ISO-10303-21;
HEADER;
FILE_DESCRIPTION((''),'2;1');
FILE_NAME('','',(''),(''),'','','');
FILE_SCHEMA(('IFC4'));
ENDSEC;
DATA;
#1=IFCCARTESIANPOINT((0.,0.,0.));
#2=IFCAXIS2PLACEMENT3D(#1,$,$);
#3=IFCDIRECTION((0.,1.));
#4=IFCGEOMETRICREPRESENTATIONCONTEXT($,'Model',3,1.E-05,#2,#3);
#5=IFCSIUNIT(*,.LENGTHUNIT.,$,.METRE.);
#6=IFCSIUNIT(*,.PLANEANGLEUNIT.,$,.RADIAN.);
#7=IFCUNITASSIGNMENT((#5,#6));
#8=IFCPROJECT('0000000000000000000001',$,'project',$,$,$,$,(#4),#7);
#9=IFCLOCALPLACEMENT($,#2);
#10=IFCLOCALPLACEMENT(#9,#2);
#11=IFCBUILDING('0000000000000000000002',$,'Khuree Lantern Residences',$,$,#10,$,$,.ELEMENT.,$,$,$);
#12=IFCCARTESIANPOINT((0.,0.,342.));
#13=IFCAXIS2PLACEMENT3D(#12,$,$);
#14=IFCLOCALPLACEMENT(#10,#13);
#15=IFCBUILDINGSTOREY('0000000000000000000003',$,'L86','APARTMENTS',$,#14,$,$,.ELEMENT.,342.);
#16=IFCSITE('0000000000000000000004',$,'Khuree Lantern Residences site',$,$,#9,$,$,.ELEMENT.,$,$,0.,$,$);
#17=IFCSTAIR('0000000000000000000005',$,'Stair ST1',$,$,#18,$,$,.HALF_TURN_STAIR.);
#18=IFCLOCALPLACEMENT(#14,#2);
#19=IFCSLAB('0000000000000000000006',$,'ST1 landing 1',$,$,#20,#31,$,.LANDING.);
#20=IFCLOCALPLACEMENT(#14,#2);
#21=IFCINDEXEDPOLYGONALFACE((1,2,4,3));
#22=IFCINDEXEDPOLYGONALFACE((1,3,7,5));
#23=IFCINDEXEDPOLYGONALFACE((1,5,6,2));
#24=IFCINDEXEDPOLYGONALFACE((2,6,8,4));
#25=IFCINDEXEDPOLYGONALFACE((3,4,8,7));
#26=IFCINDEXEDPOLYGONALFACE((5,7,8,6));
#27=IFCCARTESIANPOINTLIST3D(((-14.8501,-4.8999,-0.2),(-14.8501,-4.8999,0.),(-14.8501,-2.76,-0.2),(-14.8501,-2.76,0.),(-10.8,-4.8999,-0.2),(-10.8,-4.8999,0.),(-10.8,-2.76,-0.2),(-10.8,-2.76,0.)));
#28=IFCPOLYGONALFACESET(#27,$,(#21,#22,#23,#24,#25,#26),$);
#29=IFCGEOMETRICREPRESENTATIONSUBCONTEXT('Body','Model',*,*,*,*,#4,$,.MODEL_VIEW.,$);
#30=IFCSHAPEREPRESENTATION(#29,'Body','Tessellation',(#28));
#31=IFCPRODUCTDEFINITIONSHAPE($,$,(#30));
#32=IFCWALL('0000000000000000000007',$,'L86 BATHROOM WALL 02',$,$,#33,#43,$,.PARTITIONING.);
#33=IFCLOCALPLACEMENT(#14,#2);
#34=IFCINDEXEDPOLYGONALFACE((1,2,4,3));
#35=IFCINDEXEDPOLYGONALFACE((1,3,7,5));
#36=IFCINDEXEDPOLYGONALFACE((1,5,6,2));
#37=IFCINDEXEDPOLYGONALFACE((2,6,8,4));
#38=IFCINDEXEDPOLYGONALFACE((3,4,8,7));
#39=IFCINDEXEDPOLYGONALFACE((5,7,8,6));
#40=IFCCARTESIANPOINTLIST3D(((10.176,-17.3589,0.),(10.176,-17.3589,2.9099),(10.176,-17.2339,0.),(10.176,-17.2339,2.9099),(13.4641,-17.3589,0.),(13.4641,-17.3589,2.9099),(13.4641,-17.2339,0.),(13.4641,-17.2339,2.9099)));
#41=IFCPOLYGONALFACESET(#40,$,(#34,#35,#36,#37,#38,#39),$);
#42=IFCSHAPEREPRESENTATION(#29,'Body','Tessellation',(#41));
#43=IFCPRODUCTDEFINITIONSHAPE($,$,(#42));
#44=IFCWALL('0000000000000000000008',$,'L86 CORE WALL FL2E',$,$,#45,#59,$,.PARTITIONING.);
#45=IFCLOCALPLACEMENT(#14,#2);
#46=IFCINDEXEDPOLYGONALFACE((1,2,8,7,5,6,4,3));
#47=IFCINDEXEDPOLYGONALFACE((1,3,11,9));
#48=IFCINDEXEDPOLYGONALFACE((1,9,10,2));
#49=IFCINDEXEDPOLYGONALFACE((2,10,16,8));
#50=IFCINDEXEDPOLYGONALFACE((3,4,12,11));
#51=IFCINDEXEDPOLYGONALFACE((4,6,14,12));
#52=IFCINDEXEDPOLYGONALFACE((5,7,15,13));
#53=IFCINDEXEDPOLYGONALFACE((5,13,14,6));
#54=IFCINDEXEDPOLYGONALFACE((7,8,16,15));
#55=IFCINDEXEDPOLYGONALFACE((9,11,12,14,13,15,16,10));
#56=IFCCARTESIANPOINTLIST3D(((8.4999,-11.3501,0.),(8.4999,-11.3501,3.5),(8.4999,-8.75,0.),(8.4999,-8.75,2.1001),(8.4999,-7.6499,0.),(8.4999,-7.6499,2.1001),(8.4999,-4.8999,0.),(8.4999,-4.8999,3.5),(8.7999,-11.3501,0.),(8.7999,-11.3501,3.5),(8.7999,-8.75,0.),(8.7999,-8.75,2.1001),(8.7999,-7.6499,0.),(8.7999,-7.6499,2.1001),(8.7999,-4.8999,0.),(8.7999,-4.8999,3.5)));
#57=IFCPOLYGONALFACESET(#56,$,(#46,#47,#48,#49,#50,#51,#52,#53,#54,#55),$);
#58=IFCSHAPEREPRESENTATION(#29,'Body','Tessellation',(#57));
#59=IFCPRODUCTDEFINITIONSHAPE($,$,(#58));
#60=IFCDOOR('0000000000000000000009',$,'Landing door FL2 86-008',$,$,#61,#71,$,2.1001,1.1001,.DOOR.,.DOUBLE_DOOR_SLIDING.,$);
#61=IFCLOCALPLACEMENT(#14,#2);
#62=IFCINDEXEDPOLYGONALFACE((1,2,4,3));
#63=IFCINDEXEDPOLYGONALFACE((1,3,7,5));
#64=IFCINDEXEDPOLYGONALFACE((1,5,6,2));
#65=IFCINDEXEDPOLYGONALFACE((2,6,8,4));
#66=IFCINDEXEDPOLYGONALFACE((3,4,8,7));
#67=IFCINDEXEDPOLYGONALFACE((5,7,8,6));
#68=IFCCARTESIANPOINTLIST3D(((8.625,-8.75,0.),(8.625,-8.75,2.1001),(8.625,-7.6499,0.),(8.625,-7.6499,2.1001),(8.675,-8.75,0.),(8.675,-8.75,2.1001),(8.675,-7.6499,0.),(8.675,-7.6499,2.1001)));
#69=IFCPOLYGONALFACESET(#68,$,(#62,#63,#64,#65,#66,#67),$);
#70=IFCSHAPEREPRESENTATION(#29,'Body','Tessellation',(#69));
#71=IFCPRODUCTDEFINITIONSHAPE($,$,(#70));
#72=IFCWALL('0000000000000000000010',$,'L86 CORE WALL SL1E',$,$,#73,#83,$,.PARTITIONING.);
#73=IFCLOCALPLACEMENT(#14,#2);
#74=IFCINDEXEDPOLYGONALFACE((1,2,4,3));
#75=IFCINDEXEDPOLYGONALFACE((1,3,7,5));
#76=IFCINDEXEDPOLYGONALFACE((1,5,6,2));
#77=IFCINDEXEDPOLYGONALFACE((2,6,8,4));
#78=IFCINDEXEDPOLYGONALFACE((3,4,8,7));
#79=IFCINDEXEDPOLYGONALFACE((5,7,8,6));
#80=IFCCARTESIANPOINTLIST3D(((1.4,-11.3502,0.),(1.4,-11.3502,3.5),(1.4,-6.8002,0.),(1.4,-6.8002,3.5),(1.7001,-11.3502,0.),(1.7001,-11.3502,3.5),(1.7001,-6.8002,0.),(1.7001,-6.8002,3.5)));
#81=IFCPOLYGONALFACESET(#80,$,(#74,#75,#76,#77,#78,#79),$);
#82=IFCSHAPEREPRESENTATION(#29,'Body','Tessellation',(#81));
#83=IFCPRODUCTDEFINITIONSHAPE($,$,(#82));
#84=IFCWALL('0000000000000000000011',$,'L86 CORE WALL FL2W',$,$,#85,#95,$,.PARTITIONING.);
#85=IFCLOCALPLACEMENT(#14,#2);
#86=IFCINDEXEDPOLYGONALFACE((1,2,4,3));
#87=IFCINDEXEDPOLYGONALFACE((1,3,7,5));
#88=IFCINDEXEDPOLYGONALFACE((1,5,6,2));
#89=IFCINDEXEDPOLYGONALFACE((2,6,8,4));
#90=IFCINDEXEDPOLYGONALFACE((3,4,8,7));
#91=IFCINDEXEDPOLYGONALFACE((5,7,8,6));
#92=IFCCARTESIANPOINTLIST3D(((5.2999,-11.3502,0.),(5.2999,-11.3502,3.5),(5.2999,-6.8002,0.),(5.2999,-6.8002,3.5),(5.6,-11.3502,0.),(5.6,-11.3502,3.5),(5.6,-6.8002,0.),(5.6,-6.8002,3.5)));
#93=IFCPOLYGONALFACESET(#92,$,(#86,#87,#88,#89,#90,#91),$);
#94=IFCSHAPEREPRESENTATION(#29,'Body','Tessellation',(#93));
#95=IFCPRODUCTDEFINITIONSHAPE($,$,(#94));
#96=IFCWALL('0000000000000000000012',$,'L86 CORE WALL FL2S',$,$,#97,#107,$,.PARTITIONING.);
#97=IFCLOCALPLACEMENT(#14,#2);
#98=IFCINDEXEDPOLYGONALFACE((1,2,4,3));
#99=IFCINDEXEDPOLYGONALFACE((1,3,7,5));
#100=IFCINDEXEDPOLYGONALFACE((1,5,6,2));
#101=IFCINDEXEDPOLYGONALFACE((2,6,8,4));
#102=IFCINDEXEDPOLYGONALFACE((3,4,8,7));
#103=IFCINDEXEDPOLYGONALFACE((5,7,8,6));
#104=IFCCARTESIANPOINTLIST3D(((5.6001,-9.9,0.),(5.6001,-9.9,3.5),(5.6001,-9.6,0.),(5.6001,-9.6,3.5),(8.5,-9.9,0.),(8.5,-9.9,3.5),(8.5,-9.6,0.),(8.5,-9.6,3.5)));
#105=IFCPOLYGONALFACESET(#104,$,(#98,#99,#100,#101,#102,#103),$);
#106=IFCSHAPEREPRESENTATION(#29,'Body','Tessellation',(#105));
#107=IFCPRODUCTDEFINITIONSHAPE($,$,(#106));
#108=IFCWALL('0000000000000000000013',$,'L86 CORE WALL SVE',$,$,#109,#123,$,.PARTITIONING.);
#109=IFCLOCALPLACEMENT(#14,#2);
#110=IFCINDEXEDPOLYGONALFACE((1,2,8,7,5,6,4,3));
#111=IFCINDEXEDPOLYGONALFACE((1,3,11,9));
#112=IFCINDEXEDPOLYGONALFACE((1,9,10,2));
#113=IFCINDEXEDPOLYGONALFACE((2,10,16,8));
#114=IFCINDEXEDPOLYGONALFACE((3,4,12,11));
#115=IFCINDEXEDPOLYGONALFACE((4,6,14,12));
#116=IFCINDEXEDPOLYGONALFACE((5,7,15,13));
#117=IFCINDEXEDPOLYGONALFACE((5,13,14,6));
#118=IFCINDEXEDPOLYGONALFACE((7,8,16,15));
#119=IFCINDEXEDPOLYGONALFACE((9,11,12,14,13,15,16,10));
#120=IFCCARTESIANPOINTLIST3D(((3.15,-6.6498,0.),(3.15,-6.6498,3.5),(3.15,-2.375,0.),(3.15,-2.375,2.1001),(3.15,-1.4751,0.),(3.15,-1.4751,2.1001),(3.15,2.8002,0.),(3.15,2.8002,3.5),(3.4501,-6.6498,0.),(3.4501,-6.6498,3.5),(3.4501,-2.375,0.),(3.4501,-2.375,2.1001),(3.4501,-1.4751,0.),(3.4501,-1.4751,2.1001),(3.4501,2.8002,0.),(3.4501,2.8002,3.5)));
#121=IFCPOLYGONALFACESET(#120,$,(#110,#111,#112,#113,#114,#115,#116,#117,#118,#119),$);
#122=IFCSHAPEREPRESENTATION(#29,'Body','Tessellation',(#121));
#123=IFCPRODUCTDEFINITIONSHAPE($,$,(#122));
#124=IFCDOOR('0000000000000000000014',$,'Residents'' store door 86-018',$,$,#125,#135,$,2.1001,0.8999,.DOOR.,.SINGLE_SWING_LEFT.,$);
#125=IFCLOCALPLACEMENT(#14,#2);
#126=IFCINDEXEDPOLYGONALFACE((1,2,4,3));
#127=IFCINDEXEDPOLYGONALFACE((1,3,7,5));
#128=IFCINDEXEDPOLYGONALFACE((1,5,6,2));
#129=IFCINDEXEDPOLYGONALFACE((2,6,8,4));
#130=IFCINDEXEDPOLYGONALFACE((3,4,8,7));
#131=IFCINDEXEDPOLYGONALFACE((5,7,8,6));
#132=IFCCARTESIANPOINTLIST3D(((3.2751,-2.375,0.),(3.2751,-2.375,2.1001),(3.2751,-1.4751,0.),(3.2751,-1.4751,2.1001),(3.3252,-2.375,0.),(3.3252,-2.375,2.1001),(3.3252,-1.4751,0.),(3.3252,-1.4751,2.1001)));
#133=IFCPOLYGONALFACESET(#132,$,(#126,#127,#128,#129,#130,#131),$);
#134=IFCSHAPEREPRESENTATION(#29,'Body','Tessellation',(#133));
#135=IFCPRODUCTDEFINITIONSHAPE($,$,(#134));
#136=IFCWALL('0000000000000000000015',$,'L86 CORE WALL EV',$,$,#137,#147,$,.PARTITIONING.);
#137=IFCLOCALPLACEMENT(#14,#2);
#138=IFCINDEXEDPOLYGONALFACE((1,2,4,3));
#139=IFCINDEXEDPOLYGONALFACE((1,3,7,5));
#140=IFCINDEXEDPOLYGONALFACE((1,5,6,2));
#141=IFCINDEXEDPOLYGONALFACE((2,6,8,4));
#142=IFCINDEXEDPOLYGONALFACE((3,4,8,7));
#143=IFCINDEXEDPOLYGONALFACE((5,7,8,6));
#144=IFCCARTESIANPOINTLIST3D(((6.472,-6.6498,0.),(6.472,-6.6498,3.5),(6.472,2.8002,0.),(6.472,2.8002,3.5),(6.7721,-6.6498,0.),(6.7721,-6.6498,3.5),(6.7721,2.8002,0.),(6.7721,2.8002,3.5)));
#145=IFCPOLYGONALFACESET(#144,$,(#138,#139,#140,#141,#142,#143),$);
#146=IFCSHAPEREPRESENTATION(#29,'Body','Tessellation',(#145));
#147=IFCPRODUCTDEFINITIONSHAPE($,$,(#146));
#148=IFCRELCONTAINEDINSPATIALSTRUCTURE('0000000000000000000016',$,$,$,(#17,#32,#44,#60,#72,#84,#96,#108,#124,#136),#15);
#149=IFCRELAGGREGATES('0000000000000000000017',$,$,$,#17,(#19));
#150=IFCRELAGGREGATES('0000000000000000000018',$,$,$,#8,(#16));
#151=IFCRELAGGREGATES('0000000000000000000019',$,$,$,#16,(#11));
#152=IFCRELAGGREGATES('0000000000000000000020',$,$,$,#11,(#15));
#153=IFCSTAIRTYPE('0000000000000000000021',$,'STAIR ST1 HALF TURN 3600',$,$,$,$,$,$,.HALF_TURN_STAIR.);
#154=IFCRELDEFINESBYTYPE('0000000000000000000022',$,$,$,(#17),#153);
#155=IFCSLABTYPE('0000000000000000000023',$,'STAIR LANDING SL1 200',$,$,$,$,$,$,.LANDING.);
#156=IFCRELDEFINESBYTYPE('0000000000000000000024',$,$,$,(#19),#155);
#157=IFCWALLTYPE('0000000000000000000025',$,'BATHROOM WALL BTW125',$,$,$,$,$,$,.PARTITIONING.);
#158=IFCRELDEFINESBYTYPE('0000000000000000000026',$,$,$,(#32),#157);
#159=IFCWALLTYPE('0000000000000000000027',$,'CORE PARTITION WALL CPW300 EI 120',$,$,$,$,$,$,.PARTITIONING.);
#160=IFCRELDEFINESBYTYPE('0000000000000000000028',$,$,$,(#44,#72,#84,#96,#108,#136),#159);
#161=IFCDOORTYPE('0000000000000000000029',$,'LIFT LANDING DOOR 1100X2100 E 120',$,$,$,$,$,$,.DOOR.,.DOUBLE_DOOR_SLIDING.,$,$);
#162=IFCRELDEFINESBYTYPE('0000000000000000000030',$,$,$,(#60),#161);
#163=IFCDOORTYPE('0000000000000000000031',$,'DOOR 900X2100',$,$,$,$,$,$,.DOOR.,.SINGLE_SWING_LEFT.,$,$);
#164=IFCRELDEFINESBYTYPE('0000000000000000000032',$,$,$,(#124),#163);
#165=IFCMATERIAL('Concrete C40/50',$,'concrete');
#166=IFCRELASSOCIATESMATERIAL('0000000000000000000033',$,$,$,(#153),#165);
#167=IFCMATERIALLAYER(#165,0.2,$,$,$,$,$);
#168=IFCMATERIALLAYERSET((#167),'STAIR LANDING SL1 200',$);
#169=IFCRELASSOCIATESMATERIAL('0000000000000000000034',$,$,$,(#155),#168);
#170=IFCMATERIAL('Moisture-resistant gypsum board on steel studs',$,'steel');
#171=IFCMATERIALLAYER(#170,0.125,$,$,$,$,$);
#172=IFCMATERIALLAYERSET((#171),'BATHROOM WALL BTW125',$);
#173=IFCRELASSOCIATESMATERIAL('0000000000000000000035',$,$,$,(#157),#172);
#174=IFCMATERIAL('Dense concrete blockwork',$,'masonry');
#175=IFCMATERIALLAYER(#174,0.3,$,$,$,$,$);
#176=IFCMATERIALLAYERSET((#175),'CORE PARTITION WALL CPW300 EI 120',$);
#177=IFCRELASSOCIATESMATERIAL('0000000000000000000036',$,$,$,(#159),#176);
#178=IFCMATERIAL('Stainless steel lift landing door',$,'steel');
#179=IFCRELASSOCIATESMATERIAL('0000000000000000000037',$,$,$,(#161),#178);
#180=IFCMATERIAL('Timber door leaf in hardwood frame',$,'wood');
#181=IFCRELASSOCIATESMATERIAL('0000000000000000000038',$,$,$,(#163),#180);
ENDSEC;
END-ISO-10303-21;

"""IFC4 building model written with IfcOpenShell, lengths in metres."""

from ifc_helpers import new_model, si_unit, direction, frame, frame_2d, origin, place, context, subcontext, project, spatial, polyline, rectangle, outline, extrude, material, layer, layer_set, type_object, element, fill, aggregate, save


model = new_model("IFC4")

# Units and contexts
model_context = context("Model", 3, precision=1e-05, world=origin(), true_north=direction((0.0, 1.0)))
body_context = subcontext(model_context, "Body", "Model", "MODEL_VIEW")
ifc_project = project(units=[si_unit("LENGTHUNIT", "METRE"), si_unit("PLANEANGLEUNIT", "RADIAN")], contexts=[model_context])

# Site, building, storey
site_placement = place(None, origin())
site = spatial("IfcSite", under=ifc_project, at=site_placement, Name="Khuree Lantern Residences site", CompositionType="ELEMENT", RefElevation=0.0)
building_placement = place(site_placement, origin())
building = spatial("IfcBuilding", under=site, at=building_placement, Name="Khuree Lantern Residences", CompositionType="ELEMENT")
storey_placement = place(building_placement, frame((0.0, 0.0, 342.0)))
storey = spatial("IfcBuildingStorey", under=building, at=storey_placement, Name="L86", Description="APARTMENTS", CompositionType="ELEMENT", Elevation=342.0)

# Stair, slab
ifc_material_1 = material(Name="Concrete C40/50", Category="concrete")
stair_type = type_object("IfcStairType", Name="STAIR ST1 HALF TURN 3600", PredefinedType="HALF_TURN_STAIR", material=ifc_material_1)
stair_1_placement = place(storey_placement, origin())
stair_1 = element("IfcStair", 1, at=stair_1_placement, inside=storey, type_object=stair_type, Name="Stair ST1", PredefinedType="HALF_TURN_STAIR")
ifc_layer_1 = layer(ifc_material_1, 0.2)
ifc_layer_set_1 = layer_set([ifc_layer_1], Name="STAIR LANDING SL1 200")
slab_type = type_object("IfcSlabType", Name="STAIR LANDING SL1 200", PredefinedType="LANDING", material=ifc_layer_set_1)
slab_placement = place(storey_placement, frame((0.0, 0.0, -0.2)))
slab = element("IfcSlab", 2, at=slab_placement, type_object=slab_type, Name="ST1 landing 1", PredefinedType="LANDING", context=body_context, shape_type="SweptSolid", body=[
    extrude(outline(polyline([(-14.8501, -4.8999), (-10.8, -4.8999), (-10.8, -2.76), (-14.8501, -2.76), (-14.8501, -4.8999)])), origin(), (0.0, 0.0, 1.0), 0.2),
])
aggregate(stair_1, [slab])

# Wall
ifc_material_2 = material(Name="Moisture-resistant gypsum board on steel studs", Category="steel")
ifc_layer_2 = layer(ifc_material_2, 0.125)
ifc_layer_set_2 = layer_set([ifc_layer_2], Name="BATHROOM WALL BTW125")
wall_type_1 = type_object("IfcWallType", Name="BATHROOM WALL BTW125", PredefinedType="PARTITIONING", material=ifc_layer_set_2)
wall_1_placement = place(storey_placement, frame((10.176, -17.2964, 0.0), z_axis=(0.0, 0.0, 1.0), x_axis=(1.0, 0.0, 0.0)))
element("IfcWall", 3, at=wall_1_placement, inside=storey, type_object=wall_type_1, Name="L86 BATHROOM WALL 02", PredefinedType="PARTITIONING", context=body_context, shape_type="SweptSolid", body=[
    extrude(rectangle(XDim=3.2881, YDim=0.125, at=frame_2d((1.644, 0.0))), origin(), (0.0, 0.0, 1.0), 2.9099),
])

# Wall, opening, door
ifc_material_3 = material(Name="Dense concrete blockwork", Category="masonry")
ifc_layer_3 = layer(ifc_material_3, 0.3)
ifc_layer_set_3 = layer_set([ifc_layer_3], Name="CORE PARTITION WALL CPW300 EI 120")
wall_type_2 = type_object("IfcWallType", Name="CORE PARTITION WALL CPW300 EI 120", PredefinedType="PARTITIONING", material=ifc_layer_set_3)
wall_2_placement = place(storey_placement, frame((8.6499, -11.3501, 0.0), z_axis=(0.0, 0.0, 1.0), x_axis=(0.0, 1.0, 0.0)))
wall_2 = element("IfcWall", 4, at=wall_2_placement, inside=storey, type_object=wall_type_2, Name="L86 CORE WALL FL2E", PredefinedType="PARTITIONING", context=body_context, shape_type="SweptSolid", body=[
    extrude(rectangle(XDim=6.4502, YDim=0.3, at=frame_2d((3.2251, 0.0))), origin(), (0.0, 0.0, 1.0), 3.5),
])
opening_1_placement = place(wall_2_placement, frame((2.6001, 0.0, 0.0)))
opening_1 = element("IfcOpeningElement", 5, at=opening_1_placement, cuts=wall_2, PredefinedType="OPENING", context=body_context, shape_type="SweptSolid", body=[
    extrude(rectangle(XDim=1.1001, YDim=2.1001, at=frame_2d((0.55, 1.05))), frame((0.0, 0.1602, 0.0), z_axis=(0.0, -1.0, 0.0), x_axis=(1.0, 0.0, 0.0)), (0.0, 0.0, 1.0), 0.3201),
])
ifc_material_4 = material(Name="Stainless steel lift landing door", Category="steel")
door_type_1 = type_object("IfcDoorType", Name="LIFT LANDING DOOR 1100X2100 E 120", OperationType="DOUBLE_DOOR_SLIDING", PredefinedType="DOOR", material=ifc_material_4)
door_1_placement = place(opening_1_placement, origin())
door_1 = element("IfcDoor", 6, at=door_1_placement, inside=storey, type_object=door_type_1, Name="Landing door FL2 86-008", OperationType="DOUBLE_DOOR_SLIDING", OverallHeight=2.1001, OverallWidth=1.1001, PredefinedType="DOOR", context=body_context, shape_type="SweptSolid", body=[
    extrude(rectangle(XDim=1.1001, YDim=2.1001, at=frame_2d((0.55, 1.05))), frame((0.0, 0.0249, 0.0), z_axis=(0.0, -1.0, 0.0), x_axis=(1.0, 0.0, 0.0)), (0.0, 0.0, 1.0), 0.05),
])
fill(opening_1, door_1)

# Walls
for number, where, z_axis, x_axis, name in (
    (7, (1.55, -11.3501, 0.0), (0.0, 0.0, 1.0), (0.0, 1.0, 0.0), "L86 CORE WALL SL1E"),
    (8, (5.45, -11.3501, 0.0), (0.0, 0.0, 1.0), (0.0, 1.0, 0.0), "L86 CORE WALL FL2W"),
):
    element("IfcWall", number, at=place(storey_placement, frame(where, z_axis=z_axis, x_axis=x_axis)), inside=storey, type_object=wall_type_2, Name=name, PredefinedType="PARTITIONING", context=body_context, shape_type="SweptSolid", body=[
        extrude(rectangle(XDim=4.55, YDim=0.3, at=frame_2d((2.2749, 0.0))), origin(), (0.0, 0.0, 1.0), 3.5),
    ])
wall_3_placement = place(storey_placement, frame((5.6001, -9.75, 0.0), z_axis=(0.0, 0.0, 1.0), x_axis=(1.0, 0.0, 0.0)))
element("IfcWall", 9, at=wall_3_placement, inside=storey, type_object=wall_type_2, Name="L86 CORE WALL FL2S", PredefinedType="PARTITIONING", context=body_context, shape_type="SweptSolid", body=[
    extrude(rectangle(XDim=2.8999, YDim=0.3, at=frame_2d((1.45, 0.0))), origin(), (0.0, 0.0, 1.0), 3.5),
])

# Wall, opening, door
wall_4_placement = place(storey_placement, frame((3.3, -6.6499, 0.0), z_axis=(0.0, 0.0, 1.0), x_axis=(0.0, 1.0, 0.0)))
wall_4 = element("IfcWall", 10, at=wall_4_placement, inside=storey, type_object=wall_type_2, Name="L86 CORE WALL SVE", PredefinedType="PARTITIONING", context=body_context, shape_type="SweptSolid", body=[
    extrude(rectangle(XDim=9.45, YDim=0.3, at=frame_2d((4.7251, 0.0))), origin(), (0.0, 0.0, 1.0), 3.5),
])
opening_2_placement = place(wall_4_placement, frame((4.2749, 0.0, 0.0)))
opening_2 = element("IfcOpeningElement", 11, at=opening_2_placement, cuts=wall_4, PredefinedType="OPENING", context=body_context, shape_type="SweptSolid", body=[
    extrude(rectangle(XDim=0.8999, YDim=2.1001, at=frame_2d((0.45, 1.05))), frame((0.0, 0.1602, 0.0), z_axis=(0.0, -1.0, 0.0), x_axis=(1.0, 0.0, 0.0)), (0.0, 0.0, 1.0), 0.3201),
])
ifc_material_5 = material(Name="Timber door leaf in hardwood frame", Category="wood")
door_type_2 = type_object("IfcDoorType", Name="DOOR 900X2100", OperationType="SINGLE_SWING_LEFT", PredefinedType="DOOR", material=ifc_material_5)
door_2_placement = place(opening_2_placement, origin())
door_2 = element("IfcDoor", 12, at=door_2_placement, inside=storey, type_object=door_type_2, Name="Residents' store door 86-018", OperationType="SINGLE_SWING_LEFT", OverallHeight=2.1001, OverallWidth=0.8999, PredefinedType="DOOR", context=body_context, shape_type="SweptSolid", body=[
    extrude(rectangle(XDim=0.8999, YDim=2.1001, at=frame_2d((0.45, 1.05))), frame((0.0, 0.0249, 0.0), z_axis=(0.0, -1.0, 0.0), x_axis=(1.0, 0.0, 0.0)), (0.0, 0.0, 1.0), 0.05),
])
fill(opening_2, door_2)

# Wall
wall_5_placement = place(storey_placement, frame((6.6221, -6.6499, 0.0), z_axis=(0.0, 0.0, 1.0), x_axis=(0.0, 1.0, 0.0)))
element("IfcWall", 13, at=wall_5_placement, inside=storey, type_object=wall_type_2, Name="L86 CORE WALL EV", PredefinedType="PARTITIONING", context=body_context, shape_type="SweptSolid", body=[
    extrude(rectangle(XDim=9.45, YDim=0.3, at=frame_2d((4.7251, 0.0))), origin(), (0.0, 0.0, 1.0), 3.5),
])

save(model, "model.ifc")
